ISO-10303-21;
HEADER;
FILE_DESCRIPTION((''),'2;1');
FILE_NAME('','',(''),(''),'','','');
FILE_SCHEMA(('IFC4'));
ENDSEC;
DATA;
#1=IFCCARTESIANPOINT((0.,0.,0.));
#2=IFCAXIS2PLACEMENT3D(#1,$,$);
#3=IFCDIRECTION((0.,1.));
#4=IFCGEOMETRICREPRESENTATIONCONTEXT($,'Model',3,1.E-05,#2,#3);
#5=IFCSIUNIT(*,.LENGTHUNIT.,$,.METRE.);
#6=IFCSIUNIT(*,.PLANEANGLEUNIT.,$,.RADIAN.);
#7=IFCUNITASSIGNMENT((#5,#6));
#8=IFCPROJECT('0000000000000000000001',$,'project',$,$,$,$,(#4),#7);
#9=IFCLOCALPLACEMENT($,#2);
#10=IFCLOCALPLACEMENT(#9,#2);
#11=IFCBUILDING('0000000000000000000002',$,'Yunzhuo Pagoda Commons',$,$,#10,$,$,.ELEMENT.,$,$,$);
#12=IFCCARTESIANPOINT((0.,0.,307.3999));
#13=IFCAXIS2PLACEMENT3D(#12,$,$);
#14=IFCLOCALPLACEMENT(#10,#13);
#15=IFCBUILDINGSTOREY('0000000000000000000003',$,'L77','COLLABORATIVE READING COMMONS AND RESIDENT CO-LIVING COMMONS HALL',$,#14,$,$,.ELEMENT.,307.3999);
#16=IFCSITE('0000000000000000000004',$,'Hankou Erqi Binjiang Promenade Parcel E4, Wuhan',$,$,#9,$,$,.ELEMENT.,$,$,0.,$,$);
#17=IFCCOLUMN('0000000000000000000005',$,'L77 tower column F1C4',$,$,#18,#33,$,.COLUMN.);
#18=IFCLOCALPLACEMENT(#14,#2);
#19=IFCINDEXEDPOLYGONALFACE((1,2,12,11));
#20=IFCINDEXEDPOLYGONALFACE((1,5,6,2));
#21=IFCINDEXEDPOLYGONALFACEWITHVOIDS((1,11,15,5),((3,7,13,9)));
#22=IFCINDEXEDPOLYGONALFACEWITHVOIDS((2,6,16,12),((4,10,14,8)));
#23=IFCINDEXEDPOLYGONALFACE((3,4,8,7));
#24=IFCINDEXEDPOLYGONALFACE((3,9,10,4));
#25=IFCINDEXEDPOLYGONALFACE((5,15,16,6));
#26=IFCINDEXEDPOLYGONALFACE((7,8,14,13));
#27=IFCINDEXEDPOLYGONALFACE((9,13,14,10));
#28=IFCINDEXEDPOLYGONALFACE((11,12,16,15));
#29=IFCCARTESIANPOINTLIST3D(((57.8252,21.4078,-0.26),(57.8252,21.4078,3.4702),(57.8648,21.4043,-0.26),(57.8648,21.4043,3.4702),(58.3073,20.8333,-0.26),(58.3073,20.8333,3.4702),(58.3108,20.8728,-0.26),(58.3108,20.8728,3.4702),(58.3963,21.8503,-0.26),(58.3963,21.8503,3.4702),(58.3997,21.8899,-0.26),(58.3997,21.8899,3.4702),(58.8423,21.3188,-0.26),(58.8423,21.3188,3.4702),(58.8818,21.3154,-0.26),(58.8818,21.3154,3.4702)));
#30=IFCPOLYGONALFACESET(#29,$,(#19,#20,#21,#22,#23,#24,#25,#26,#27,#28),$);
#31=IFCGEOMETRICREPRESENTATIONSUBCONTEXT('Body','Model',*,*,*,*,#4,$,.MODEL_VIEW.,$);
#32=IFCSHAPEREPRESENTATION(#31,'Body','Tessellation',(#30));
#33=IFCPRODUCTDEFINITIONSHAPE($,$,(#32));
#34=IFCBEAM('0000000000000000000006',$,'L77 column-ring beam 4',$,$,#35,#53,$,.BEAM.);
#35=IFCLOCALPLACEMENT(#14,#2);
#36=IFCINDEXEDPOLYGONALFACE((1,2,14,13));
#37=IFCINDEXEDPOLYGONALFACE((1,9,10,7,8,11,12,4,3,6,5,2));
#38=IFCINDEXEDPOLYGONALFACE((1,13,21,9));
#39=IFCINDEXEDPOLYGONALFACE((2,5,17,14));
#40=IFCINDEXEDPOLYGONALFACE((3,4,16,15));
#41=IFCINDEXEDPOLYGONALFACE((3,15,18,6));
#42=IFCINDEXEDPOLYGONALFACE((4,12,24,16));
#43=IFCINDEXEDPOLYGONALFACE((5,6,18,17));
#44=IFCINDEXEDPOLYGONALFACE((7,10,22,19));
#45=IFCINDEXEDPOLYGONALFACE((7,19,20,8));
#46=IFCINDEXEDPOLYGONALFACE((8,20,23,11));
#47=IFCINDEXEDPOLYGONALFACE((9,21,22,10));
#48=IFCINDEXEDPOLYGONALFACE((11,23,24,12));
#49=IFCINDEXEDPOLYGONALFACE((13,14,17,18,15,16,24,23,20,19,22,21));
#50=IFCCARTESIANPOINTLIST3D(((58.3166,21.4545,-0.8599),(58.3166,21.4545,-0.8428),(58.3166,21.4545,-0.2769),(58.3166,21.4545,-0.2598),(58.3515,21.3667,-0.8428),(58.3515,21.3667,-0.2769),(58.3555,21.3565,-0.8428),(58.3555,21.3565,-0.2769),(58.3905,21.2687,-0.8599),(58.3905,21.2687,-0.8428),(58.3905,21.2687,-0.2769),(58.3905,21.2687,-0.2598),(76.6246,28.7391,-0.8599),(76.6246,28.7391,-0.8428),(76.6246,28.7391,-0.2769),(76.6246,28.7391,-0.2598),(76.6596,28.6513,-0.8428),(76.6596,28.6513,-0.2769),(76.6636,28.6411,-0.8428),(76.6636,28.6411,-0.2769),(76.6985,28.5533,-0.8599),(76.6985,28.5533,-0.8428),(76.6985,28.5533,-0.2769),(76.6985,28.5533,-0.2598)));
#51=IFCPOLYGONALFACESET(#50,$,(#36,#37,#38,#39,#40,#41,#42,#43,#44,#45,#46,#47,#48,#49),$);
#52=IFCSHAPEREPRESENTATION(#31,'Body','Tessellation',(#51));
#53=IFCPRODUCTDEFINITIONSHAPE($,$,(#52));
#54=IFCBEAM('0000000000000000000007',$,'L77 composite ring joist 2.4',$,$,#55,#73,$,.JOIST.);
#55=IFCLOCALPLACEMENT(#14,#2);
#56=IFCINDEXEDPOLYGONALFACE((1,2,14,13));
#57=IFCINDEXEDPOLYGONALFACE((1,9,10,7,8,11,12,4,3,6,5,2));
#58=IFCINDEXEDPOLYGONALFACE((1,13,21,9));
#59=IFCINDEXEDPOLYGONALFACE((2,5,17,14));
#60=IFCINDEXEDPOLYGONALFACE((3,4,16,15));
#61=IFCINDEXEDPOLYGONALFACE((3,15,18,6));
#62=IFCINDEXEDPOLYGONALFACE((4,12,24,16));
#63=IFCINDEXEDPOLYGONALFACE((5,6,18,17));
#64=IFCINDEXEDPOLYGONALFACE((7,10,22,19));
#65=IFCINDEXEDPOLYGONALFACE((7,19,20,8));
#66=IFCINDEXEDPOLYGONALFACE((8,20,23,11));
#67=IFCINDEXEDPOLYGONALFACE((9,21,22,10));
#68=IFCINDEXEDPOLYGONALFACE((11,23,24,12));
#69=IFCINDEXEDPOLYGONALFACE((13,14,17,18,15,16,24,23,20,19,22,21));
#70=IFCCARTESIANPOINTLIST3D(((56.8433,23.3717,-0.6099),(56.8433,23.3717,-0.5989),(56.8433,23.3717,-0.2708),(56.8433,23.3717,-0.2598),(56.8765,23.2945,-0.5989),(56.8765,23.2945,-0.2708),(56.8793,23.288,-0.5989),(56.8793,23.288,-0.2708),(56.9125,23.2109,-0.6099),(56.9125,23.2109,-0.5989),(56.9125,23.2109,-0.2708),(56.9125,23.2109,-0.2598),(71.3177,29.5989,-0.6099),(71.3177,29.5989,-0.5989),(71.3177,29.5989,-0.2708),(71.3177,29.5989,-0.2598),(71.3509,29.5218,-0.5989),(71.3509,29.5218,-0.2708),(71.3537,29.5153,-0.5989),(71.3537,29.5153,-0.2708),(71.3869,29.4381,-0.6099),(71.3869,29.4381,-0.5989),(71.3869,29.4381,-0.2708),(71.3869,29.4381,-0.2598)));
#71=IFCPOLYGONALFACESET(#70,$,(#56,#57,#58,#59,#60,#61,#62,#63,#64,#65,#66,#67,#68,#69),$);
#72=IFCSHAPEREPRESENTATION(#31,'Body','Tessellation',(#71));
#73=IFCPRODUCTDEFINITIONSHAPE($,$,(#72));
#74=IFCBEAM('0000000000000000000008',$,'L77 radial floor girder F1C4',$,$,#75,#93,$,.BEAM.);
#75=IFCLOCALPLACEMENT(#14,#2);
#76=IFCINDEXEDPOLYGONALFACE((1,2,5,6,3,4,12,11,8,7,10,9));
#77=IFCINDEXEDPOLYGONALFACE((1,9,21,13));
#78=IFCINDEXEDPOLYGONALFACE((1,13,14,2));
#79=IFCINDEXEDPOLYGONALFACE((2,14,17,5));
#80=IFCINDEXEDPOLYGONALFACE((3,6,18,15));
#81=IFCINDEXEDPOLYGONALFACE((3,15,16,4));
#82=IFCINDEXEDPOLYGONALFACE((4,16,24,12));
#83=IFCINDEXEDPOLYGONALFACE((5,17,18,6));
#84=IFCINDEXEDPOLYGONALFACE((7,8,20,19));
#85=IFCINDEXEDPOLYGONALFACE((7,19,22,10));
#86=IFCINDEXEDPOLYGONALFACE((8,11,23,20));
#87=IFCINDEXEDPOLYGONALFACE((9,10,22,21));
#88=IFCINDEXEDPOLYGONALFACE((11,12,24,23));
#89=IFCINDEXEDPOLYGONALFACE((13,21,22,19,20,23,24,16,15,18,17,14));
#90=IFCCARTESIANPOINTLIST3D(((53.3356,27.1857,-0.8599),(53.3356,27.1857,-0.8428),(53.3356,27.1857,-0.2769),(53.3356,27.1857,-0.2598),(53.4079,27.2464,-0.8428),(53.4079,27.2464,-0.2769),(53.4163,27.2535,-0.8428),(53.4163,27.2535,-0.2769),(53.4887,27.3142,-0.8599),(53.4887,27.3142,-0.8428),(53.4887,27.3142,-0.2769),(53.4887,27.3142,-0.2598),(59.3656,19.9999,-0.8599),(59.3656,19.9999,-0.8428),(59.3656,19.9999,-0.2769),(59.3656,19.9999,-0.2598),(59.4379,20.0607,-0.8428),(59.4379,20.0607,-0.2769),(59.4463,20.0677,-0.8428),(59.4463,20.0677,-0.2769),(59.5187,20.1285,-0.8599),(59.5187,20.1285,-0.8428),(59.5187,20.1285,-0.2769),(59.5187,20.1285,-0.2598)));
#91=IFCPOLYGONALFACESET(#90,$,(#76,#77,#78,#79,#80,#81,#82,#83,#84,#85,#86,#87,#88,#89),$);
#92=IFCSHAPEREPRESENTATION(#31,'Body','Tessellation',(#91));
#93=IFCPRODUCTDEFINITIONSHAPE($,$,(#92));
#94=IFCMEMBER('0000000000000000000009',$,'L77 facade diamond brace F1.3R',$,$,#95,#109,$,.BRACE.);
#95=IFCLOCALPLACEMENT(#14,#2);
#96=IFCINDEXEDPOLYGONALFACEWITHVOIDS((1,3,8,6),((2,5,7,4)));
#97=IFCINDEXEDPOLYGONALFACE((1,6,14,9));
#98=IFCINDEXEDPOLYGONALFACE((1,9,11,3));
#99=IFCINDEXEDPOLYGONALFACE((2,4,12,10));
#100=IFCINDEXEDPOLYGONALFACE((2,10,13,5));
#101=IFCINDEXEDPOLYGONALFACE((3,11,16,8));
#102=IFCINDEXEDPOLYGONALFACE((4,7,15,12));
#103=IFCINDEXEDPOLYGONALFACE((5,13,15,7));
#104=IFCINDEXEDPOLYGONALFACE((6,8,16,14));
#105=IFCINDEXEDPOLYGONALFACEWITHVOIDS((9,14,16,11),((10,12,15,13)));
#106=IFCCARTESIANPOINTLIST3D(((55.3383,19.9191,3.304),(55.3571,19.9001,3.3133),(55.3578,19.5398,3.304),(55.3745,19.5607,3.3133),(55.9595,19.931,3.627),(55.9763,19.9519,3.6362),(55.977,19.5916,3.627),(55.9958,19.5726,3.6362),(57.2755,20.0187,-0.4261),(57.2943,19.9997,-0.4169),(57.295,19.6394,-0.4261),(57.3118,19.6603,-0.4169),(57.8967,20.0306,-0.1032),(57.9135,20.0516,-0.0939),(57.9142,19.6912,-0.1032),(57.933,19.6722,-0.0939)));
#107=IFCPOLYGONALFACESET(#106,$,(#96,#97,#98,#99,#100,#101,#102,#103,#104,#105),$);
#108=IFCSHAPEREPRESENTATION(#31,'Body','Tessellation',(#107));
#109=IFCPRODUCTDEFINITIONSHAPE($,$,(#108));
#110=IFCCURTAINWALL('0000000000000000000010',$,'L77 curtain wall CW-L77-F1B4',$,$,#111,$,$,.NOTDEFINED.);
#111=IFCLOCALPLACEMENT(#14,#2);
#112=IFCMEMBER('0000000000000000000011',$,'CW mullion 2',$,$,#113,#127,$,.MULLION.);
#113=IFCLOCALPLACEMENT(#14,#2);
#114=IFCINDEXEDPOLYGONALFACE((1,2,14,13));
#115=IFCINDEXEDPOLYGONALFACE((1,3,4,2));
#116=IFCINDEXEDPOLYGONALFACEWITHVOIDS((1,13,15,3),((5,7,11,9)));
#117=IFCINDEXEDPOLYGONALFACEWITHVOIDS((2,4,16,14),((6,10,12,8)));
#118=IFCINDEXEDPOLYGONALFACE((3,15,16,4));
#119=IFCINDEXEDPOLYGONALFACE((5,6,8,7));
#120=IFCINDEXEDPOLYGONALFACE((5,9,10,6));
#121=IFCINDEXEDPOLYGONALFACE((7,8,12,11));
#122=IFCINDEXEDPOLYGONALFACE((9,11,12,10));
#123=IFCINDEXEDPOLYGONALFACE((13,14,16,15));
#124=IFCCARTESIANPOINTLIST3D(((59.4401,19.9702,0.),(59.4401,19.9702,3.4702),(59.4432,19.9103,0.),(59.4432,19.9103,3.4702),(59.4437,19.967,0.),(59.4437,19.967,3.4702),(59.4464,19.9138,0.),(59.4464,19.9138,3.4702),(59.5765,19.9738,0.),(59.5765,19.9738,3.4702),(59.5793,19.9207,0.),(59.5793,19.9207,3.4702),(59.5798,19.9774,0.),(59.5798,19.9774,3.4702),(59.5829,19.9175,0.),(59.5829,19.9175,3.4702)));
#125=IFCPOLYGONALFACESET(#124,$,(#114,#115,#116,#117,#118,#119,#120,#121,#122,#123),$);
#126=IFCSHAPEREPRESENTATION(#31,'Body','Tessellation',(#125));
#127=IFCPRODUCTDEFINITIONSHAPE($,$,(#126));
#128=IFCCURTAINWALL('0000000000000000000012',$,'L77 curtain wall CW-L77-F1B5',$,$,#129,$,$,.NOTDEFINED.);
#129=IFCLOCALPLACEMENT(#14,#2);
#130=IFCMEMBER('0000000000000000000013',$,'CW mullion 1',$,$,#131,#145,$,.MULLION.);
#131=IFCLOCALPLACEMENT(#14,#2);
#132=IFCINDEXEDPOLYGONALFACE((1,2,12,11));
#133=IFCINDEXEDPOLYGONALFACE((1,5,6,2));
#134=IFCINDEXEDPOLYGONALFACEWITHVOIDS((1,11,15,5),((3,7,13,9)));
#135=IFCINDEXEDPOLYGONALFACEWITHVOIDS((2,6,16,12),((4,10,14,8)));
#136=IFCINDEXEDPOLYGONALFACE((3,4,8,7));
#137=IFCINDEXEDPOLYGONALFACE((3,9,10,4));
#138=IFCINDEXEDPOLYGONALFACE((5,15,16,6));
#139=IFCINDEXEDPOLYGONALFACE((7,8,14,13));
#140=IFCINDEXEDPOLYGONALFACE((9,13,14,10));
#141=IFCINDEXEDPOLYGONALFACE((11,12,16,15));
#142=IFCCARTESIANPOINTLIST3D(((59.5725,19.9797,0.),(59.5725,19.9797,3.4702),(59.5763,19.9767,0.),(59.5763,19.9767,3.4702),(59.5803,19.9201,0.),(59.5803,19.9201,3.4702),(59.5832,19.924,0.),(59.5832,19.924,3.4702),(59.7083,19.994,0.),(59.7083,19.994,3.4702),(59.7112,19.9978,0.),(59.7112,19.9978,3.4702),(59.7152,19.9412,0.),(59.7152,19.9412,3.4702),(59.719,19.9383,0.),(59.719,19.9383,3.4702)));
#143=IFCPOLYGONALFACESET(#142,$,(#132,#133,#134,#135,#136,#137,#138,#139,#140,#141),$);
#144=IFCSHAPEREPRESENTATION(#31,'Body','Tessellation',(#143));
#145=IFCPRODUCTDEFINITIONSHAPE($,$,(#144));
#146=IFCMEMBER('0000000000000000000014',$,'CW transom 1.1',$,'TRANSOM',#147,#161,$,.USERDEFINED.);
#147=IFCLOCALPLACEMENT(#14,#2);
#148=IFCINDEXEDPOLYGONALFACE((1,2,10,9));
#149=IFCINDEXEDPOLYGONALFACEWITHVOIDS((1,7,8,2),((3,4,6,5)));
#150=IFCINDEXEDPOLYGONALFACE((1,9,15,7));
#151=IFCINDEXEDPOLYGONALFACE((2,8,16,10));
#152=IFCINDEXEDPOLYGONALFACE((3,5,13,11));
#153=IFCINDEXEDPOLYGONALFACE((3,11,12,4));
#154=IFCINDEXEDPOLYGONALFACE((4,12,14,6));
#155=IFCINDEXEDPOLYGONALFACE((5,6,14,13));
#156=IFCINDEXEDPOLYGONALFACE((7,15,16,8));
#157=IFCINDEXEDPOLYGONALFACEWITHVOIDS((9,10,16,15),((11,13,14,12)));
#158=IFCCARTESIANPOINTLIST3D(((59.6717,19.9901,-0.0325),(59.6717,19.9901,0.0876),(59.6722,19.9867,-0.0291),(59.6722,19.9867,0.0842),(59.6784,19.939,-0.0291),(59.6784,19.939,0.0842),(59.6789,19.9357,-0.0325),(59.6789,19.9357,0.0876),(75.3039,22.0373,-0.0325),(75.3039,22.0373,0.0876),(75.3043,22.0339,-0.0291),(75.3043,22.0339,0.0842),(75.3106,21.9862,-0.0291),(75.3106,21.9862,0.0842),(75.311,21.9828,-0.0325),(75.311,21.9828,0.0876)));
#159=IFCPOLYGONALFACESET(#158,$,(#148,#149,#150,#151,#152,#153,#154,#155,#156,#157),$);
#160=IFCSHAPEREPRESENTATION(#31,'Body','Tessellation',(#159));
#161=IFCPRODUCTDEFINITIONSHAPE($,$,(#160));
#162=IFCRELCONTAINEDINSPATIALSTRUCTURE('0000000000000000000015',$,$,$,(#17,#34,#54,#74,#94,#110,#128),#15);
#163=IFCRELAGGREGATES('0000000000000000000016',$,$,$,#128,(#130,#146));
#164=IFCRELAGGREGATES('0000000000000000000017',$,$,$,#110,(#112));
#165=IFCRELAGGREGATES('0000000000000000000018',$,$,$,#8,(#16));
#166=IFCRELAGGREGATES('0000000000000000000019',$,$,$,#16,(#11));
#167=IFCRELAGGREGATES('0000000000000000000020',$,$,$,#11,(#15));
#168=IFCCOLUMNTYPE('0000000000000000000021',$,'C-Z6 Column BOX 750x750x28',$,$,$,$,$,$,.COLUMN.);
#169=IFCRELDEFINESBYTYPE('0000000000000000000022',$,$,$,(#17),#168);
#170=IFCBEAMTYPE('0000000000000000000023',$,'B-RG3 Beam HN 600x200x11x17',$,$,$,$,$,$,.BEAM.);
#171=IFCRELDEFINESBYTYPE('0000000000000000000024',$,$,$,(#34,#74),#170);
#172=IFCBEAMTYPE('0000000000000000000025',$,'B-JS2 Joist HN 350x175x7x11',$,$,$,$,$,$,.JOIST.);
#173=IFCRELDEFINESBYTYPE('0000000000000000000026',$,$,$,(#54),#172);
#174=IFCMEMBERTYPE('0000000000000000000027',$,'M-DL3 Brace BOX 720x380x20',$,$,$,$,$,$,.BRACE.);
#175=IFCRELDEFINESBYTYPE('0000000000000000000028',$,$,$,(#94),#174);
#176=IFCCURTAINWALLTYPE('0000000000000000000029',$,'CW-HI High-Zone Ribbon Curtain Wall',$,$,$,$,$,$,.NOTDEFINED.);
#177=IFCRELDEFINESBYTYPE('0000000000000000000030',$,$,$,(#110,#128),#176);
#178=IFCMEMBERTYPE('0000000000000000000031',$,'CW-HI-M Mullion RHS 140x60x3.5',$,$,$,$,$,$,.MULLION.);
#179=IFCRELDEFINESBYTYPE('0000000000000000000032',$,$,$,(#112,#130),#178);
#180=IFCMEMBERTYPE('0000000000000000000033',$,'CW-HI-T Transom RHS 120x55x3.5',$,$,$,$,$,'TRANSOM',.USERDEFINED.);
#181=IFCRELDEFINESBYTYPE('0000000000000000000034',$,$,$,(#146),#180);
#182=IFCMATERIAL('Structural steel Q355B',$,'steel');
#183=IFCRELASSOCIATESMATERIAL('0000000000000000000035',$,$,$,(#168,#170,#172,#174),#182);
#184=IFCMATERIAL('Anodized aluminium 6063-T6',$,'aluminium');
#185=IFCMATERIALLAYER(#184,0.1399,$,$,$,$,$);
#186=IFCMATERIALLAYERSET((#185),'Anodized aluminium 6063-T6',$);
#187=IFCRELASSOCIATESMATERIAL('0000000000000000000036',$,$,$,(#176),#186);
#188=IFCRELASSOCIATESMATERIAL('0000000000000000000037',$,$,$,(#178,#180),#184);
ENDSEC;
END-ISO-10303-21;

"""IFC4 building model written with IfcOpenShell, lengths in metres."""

from ifc_helpers import new_model, si_unit, direction, frame, origin, origin_2d, place, context, subcontext, project, spatial, hollow_rectangle, i_section, extrude, source, transform, mapped, material, layer, layer_set, material_profile, profile_set, type_object, element, aggregate, save


model = new_model("IFC4")

# Units and contexts
model_context = context("Model", 3, precision=1e-05, world=origin(), true_north=direction((0.0, 1.0)))
body_context = subcontext(model_context, "Body", "Model", "MODEL_VIEW")
ifc_project = project(units=[si_unit("LENGTHUNIT", "METRE"), si_unit("PLANEANGLEUNIT", "RADIAN")], contexts=[model_context])

# Site, building, storey
site_placement = place(None, origin())
site = spatial("IfcSite", under=ifc_project, at=site_placement, Name="Hankou Erqi Binjiang Promenade Parcel E4, Wuhan", CompositionType="ELEMENT", RefElevation=0.0)
building_placement = place(site_placement, origin())
building = spatial("IfcBuilding", under=site, at=building_placement, Name="Yunzhuo Pagoda Commons", CompositionType="ELEMENT")
storey_placement = place(building_placement, frame((0.0, 0.0, 307.3999)))
storey = spatial("IfcBuildingStorey", under=building, at=storey_placement, Name="L77", Description="COLLABORATIVE READING COMMONS AND RESIDENT CO-LIVING COMMONS HALL", CompositionType="ELEMENT", Elevation=307.3999)

# Column
ifc_material_1 = material(Name="Structural steel Q355B", Category="steel")
ifc_material_profile_1 = material_profile(ifc_material_1, hollow_rectangle(XDim=0.75, YDim=0.75, WallThickness=0.0281, at=origin_2d()), Name="Structural steel Q355B")
ifc_profile_set_1 = profile_set([ifc_material_profile_1], Name="Structural steel Q355B")
column_type = type_object("IfcColumnType", Name="C-Z6 Column BOX 750x750x28", PredefinedType="COLUMN", material=ifc_profile_set_1)
shared_shape_1 = source(origin(), body_context, "Body", "SweptSolid", [
    extrude(hollow_rectangle(XDim=0.75, YDim=0.75, WallThickness=0.0281, at=origin_2d()), origin(), (0.0, 0.0, 1.0), 3.7302),
])
column_placement = place(storey_placement, frame((58.3535, 21.3616, -0.26), z_axis=(0.0, 0.0, 1.0), x_axis=(0.766044, 0.642788, 0.0)))
element("IfcColumn", 1, at=column_placement, inside=storey, type_object=column_type, Name="L77 tower column F1C4", PredefinedType="COLUMN", context=body_context, shape_type="MappedRepresentation", body=[
    mapped(shared_shape_1, transform((0.0, 0.0, 0.0), scale=1.0)),
])

# Beams
ifc_material_profile_2 = material_profile(ifc_material_1, i_section(OverallWidth=0.2, OverallDepth=0.6001, WebThickness=0.011, FlangeThickness=0.0171, at=origin_2d()), Name="Structural steel Q355B")
ifc_profile_set_2 = profile_set([ifc_material_profile_2], Name="Structural steel Q355B")
beam_type_1 = type_object("IfcBeamType", Name="B-RG3 Beam HN 600x200x11x17", PredefinedType="BEAM", material=ifc_profile_set_2)
shared_shape_2 = source(origin(), body_context, "Body", "SweptSolid", [
    extrude(i_section(OverallWidth=0.2, OverallDepth=0.6001, WebThickness=0.011, FlangeThickness=0.0171, at=origin_2d()), origin(), (0.0, 0.0, 1.0), 19.7041),
])
beam_1_placement = place(storey_placement, frame((58.3535, 21.3616, -0.5598), z_axis=(0.92915, 0.369702, 0.0), x_axis=(-0.369702, 0.92915, 0.0)))
element("IfcBeam", 2, at=beam_1_placement, inside=storey, type_object=beam_type_1, Name="L77 column-ring beam 4", PredefinedType="BEAM", context=body_context, shape_type="MappedRepresentation", body=[
    mapped(shared_shape_2, transform((0.0, 0.0, 0.0), scale=1.0)),
])
ifc_material_profile_3 = material_profile(ifc_material_1, i_section(OverallWidth=0.175, OverallDepth=0.3501, WebThickness=0.0071, FlangeThickness=0.011, at=origin_2d()), Name="Structural steel Q355B")
ifc_profile_set_3 = profile_set([ifc_material_profile_3], Name="Structural steel Q355B")
beam_type_2 = type_object("IfcBeamType", Name="B-JS2 Joist HN 350x175x7x11", PredefinedType="JOIST", material=ifc_profile_set_3)
shared_shape_3 = source(origin(), body_context, "Body", "SweptSolid", [
    extrude(i_section(OverallWidth=0.175, OverallDepth=0.3501, WebThickness=0.0071, FlangeThickness=0.011, at=origin_2d()), origin(), (0.0, 0.0, 1.0), 15.7571),
])
beam_2_placement = place(storey_placement, frame((56.8779, 23.2913, -0.4348), z_axis=(0.918593, 0.395205, 0.0), x_axis=(-0.395205, 0.918593, 0.0)))
element("IfcBeam", 3, at=beam_2_placement, inside=storey, type_object=beam_type_2, Name="L77 composite ring joist 2.4", PredefinedType="JOIST", context=body_context, shape_type="MappedRepresentation", body=[
    mapped(shared_shape_3, transform((0.0, 0.0, 0.0), scale=1.0)),
])
shared_shape_4 = source(origin(), body_context, "Body", "SweptSolid", [
    extrude(i_section(OverallWidth=0.2, OverallDepth=0.6001, WebThickness=0.011, FlangeThickness=0.0171, at=origin_2d()), origin(), (0.0, 0.0, 1.0), 9.3806),
])
beam_3_placement = place(storey_placement, frame((59.4421, 20.0642, -0.5598), z_axis=(-0.642815, 0.766022, 0.0), x_axis=(-0.766022, -0.642815, 0.0)))
element("IfcBeam", 4, at=beam_3_placement, inside=storey, type_object=beam_type_1, Name="L77 radial floor girder F1C4", PredefinedType="BEAM", context=body_context, shape_type="MappedRepresentation", body=[
    mapped(shared_shape_4, transform((0.0, 0.0, 0.0), scale=1.0)),
])

# Member
ifc_material_profile_4 = material_profile(ifc_material_1, hollow_rectangle(XDim=0.3799, YDim=0.72, WallThickness=0.02, at=origin_2d()), Name="Structural steel Q355B")
ifc_profile_set_4 = profile_set([ifc_material_profile_4], Name="Structural steel Q355B")
member_type_1 = type_object("IfcMemberType", Name="M-DL3 Brace BOX 720x380x20", PredefinedType="BRACE", material=ifc_profile_set_4)
shared_shape_5 = source(origin(), body_context, "Body", "SweptSolid", [
    extrude(hollow_rectangle(XDim=0.3799, YDim=0.72, WallThickness=0.02, at=origin_2d()), origin(), (0.0, 0.0, 1.0), 4.2043),
])
member_1_placement = place(storey_placement, frame((57.6042, 19.8455, -0.26), z_axis=(-0.460762, -0.023691, 0.887207), x_axis=(0.05135, -0.998681, 0.0)))
element("IfcMember", 5, at=member_1_placement, inside=storey, type_object=member_type_1, Name="L77 facade diamond brace F1.3R", PredefinedType="BRACE", context=body_context, shape_type="MappedRepresentation", body=[
    mapped(shared_shape_5, transform((0.0, 0.0, 0.0), scale=1.0)),
])

# Curtain wall, member
ifc_material_2 = material(Name="Anodized aluminium 6063-T6", Category="aluminium")
ifc_layer_1 = layer(ifc_material_2, 0.1399)
ifc_layer_set_1 = layer_set([ifc_layer_1], Name="Anodized aluminium 6063-T6")
curtain_wall_type = type_object("IfcCurtainWallType", Name="CW-HI High-Zone Ribbon Curtain Wall", PredefinedType="NOTDEFINED", material=ifc_layer_set_1)
curtain_wall_1_placement = place(storey_placement, origin())
curtain_wall_1 = element("IfcCurtainWall", 6, at=curtain_wall_1_placement, inside=storey, type_object=curtain_wall_type, Name="L77 curtain wall CW-L77-F1B4", PredefinedType="NOTDEFINED")
ifc_material_profile_5 = material_profile(ifc_material_2, hollow_rectangle(XDim=0.0601, YDim=0.1399, WallThickness=0.0034, at=origin_2d()), Name="Anodized aluminium 6063-T6")
ifc_profile_set_5 = profile_set([ifc_material_profile_5], Name="Anodized aluminium 6063-T6")
member_type_2 = type_object("IfcMemberType", Name="CW-HI-M Mullion RHS 140x60x3.5", PredefinedType="MULLION", material=ifc_profile_set_5)
shared_shape_6 = source(origin(), body_context, "Body", "SweptSolid", [
    extrude(hollow_rectangle(XDim=0.0601, YDim=0.1399, WallThickness=0.0034, at=origin_2d()), origin(), (0.0, 0.0, 1.0), 3.4702),
])
member_2_placement = place(storey_placement, frame((59.5115, 19.9438, 0.0), z_axis=(0.0, 0.0, 1.0), x_axis=(-0.051462, 0.998675, 0.0)))
member_2 = element("IfcMember", 7, at=member_2_placement, type_object=member_type_2, Name="CW mullion 2", PredefinedType="MULLION", context=body_context, shape_type="MappedRepresentation", body=[
    mapped(shared_shape_6, transform((0.0, 0.0, 0.0), scale=1.0)),
])

# Curtain wall, members
curtain_wall_2_placement = place(storey_placement, origin())
curtain_wall_2 = element("IfcCurtainWall", 8, at=curtain_wall_2_placement, inside=storey, type_object=curtain_wall_type, Name="L77 curtain wall CW-L77-F1B5", PredefinedType="NOTDEFINED")
member_3_placement = place(storey_placement, frame((59.6458, 19.959, 0.0), z_axis=(0.0, 0.0, 1.0), x_axis=(-0.129855, 0.991533, 0.0)))
member_3 = element("IfcMember", 9, at=member_3_placement, type_object=member_type_2, Name="CW mullion 1", PredefinedType="MULLION", context=body_context, shape_type="MappedRepresentation", body=[
    mapped(shared_shape_6, transform((0.0, 0.0, 0.0), scale=1.0)),
])
ifc_material_profile_6 = material_profile(ifc_material_2, hollow_rectangle(XDim=0.0549, YDim=0.1201, WallThickness=0.0034, at=origin_2d()), Name="Anodized aluminium 6063-T6")
ifc_profile_set_6 = profile_set([ifc_material_profile_6], Name="Anodized aluminium 6063-T6")
member_type_3 = type_object("IfcMemberType", Name="CW-HI-T Transom RHS 120x55x3.5", ElementType="TRANSOM", PredefinedType="USERDEFINED", material=ifc_profile_set_6)
shared_shape_7 = source(origin(), body_context, "Body", "SweptSolid", [
    extrude(hollow_rectangle(XDim=0.0549, YDim=0.1201, WallThickness=0.0034, at=origin_2d()), origin(), (0.0, 0.0, 1.0), 15.7656),
])
member_4_placement = place(storey_placement, frame((59.6753, 19.9629, 0.0276), z_axis=(0.991534, 0.129848, 0.0), x_axis=(-0.129848, 0.991534, 0.0)))
member_4 = element("IfcMember", 10, at=member_4_placement, type_object=member_type_3, Name="CW transom 1.1", ObjectType="TRANSOM", PredefinedType="USERDEFINED", context=body_context, shape_type="MappedRepresentation", body=[
    mapped(shared_shape_7, transform((0.0, 0.0, 0.0), scale=1.0)),
])
aggregate(curtain_wall_2, [member_3, member_4])

aggregate(curtain_wall_1, [member_2])

save(model, "model.ifc")
